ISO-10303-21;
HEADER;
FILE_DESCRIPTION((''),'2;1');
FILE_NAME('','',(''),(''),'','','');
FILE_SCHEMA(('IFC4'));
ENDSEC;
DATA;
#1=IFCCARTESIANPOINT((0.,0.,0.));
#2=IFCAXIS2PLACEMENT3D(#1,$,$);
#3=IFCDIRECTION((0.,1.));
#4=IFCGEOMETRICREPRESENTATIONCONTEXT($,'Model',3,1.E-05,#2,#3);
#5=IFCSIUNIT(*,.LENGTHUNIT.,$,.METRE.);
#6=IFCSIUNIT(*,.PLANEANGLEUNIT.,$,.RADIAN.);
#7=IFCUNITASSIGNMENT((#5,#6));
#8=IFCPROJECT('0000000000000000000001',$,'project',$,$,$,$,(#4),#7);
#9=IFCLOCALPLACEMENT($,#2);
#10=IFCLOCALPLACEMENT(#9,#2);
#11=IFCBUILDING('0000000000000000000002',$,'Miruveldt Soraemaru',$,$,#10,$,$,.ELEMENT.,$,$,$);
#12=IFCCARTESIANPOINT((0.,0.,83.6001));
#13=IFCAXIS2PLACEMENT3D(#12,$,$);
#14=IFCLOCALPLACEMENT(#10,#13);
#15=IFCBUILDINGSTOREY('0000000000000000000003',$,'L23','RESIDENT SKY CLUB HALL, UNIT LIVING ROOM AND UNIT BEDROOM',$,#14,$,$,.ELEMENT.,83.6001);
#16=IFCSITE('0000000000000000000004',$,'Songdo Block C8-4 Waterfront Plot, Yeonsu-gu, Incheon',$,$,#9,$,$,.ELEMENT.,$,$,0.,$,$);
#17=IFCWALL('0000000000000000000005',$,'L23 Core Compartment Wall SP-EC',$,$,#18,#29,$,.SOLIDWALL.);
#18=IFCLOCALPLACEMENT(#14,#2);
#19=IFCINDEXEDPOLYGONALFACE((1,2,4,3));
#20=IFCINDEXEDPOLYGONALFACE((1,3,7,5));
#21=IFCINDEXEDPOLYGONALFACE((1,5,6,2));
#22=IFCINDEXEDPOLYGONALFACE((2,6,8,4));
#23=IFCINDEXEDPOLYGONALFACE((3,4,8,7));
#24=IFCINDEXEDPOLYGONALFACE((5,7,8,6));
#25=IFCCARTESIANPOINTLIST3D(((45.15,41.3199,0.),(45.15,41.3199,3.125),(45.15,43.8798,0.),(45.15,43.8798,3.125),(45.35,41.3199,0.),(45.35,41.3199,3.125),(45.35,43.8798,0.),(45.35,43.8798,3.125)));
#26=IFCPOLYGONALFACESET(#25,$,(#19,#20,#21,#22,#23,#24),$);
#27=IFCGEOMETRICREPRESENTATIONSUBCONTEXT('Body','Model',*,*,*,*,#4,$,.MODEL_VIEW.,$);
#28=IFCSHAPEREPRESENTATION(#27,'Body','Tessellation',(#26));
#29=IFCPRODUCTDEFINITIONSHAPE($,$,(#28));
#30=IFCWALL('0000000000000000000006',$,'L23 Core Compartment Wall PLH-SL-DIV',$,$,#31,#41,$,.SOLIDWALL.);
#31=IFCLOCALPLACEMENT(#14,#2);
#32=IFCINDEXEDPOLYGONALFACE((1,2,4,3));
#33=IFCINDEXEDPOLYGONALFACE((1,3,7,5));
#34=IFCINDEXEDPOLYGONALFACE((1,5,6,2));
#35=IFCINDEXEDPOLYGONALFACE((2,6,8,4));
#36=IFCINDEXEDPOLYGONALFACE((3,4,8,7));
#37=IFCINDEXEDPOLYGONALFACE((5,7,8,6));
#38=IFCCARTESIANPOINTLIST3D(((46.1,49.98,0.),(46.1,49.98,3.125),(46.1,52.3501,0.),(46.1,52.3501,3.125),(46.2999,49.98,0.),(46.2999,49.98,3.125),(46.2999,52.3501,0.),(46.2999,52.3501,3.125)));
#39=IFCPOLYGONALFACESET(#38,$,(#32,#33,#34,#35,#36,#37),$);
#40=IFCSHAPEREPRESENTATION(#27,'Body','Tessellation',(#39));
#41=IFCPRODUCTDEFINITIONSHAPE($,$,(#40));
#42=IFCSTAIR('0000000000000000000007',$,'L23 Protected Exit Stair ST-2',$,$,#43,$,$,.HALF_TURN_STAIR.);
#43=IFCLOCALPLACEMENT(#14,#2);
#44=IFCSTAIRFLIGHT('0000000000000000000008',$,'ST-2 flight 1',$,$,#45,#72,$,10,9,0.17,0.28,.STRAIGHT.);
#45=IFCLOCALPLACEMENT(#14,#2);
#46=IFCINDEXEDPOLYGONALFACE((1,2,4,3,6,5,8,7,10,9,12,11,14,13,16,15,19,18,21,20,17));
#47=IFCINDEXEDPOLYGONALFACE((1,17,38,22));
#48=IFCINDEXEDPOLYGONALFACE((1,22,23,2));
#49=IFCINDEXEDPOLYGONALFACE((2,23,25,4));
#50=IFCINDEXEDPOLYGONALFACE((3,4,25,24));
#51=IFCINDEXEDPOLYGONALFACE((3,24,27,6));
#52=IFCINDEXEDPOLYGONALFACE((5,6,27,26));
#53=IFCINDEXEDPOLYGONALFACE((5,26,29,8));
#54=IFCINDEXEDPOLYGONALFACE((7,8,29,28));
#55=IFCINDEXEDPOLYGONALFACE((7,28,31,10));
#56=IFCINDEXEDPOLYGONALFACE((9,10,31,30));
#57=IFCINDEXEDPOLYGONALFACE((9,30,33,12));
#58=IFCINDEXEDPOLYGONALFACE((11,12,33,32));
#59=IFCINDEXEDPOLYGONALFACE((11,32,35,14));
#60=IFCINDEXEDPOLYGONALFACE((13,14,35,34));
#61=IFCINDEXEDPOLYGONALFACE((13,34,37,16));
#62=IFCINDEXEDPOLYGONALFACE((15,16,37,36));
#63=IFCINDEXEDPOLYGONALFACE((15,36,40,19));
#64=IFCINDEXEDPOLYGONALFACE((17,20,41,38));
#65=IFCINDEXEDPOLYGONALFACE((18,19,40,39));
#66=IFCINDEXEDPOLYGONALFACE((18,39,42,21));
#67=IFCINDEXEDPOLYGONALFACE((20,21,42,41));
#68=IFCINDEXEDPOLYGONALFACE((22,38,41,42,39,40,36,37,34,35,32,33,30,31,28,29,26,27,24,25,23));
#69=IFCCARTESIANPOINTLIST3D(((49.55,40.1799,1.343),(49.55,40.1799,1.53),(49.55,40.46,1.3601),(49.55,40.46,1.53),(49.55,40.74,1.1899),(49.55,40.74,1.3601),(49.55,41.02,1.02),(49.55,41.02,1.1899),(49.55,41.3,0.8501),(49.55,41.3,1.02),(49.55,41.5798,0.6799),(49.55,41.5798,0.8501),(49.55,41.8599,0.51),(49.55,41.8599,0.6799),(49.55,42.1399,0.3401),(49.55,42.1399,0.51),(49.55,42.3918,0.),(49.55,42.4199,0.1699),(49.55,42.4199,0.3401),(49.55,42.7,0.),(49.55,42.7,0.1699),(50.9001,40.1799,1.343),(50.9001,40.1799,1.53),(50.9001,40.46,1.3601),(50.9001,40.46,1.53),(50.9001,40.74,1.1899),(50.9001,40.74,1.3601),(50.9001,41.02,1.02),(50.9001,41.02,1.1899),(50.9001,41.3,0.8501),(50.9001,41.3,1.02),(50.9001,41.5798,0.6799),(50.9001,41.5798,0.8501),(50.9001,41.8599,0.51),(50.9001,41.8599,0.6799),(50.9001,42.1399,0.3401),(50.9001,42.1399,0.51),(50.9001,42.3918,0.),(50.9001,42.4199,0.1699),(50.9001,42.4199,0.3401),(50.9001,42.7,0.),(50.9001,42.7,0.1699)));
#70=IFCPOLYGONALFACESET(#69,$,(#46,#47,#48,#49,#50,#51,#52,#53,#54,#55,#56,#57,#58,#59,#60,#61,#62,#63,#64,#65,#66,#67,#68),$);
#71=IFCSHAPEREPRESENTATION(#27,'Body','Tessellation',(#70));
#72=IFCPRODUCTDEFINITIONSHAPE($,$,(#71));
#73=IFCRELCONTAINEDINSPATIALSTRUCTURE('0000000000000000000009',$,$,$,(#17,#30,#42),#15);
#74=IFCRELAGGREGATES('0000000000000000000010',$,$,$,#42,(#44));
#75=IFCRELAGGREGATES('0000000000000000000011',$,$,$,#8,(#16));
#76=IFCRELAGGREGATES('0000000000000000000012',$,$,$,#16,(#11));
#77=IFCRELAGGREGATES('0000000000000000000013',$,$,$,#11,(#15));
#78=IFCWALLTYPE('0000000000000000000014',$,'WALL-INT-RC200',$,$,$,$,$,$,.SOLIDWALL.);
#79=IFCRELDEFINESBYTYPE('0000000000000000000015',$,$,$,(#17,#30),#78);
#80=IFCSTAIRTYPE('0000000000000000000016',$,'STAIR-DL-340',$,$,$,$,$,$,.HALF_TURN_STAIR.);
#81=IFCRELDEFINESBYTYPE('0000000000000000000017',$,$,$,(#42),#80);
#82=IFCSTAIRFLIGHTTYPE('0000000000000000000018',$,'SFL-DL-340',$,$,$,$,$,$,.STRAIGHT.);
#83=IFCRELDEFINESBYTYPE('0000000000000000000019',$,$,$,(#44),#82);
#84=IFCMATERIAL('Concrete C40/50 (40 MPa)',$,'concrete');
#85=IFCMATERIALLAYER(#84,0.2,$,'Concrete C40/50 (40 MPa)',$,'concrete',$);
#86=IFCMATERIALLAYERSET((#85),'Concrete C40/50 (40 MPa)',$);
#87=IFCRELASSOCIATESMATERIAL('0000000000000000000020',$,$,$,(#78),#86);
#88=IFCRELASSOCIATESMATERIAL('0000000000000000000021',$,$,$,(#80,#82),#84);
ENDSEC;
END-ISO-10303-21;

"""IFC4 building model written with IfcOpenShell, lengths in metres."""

from ifc_helpers import new_model, si_unit, direction, frame, frame_2d, origin, place, context, subcontext, project, spatial, polyline, rectangle, outline, extrude, material, layer, layer_set, type_object, element, aggregate, save


model = new_model("IFC4")

# Units and contexts
model_context = context("Model", 3, precision=1e-05, world=origin(), true_north=direction((0.0, 1.0)))
body_context = subcontext(model_context, "Body", "Model", "MODEL_VIEW")
ifc_project = project(units=[si_unit("LENGTHUNIT", "METRE"), si_unit("PLANEANGLEUNIT", "RADIAN")], contexts=[model_context])

# Site, building, storey
site_placement = place(None, origin())
site = spatial("IfcSite", under=ifc_project, at=site_placement, Name="Songdo Block C8-4 Waterfront Plot, Yeonsu-gu, Incheon", CompositionType="ELEMENT", RefElevation=0.0)
building_placement = place(site_placement, origin())
building = spatial("IfcBuilding", under=site, at=building_placement, Name="Miruveldt Soraemaru", CompositionType="ELEMENT")
storey_placement = place(building_placement, frame((0.0, 0.0, 83.6001)))
storey = spatial("IfcBuildingStorey", under=building, at=storey_placement, Name="L23", Description="RESIDENT SKY CLUB HALL, UNIT LIVING ROOM AND UNIT BEDROOM", CompositionType="ELEMENT", Elevation=83.6001)

# Shared definitions
ifc_material_1 = material(Name="Concrete C40/50 (40 MPa)", Category="concrete")

# Shared definitions
ifc_layer_1 = layer(ifc_material_1, 0.2, Name="Concrete C40/50 (40 MPa)", Category="concrete")
ifc_layer_set_1 = layer_set([ifc_layer_1], Name="Concrete C40/50 (40 MPa)")
wall_type_1 = type_object("IfcWallType", Name="WALL-INT-RC200", PredefinedType="SOLIDWALL", material=ifc_layer_set_1)

# Walls
wall_1_placement = place(storey_placement, frame((45.25, 41.3201, 0.0), z_axis=(0.0, 0.0, 1.0), x_axis=(0.0, 1.0, 0.0)))
element("IfcWall", 1, at=wall_1_placement, inside=storey, type_object=wall_type_1, Name="L23 Core Compartment Wall SP-EC", PredefinedType="SOLIDWALL", context=body_context, shape_type="SweptSolid", body=[
    extrude(rectangle(XDim=2.5598, YDim=0.2, at=frame_2d((1.2798, 0.0))), origin(), (0.0, 0.0, 1.0), 3.125),
])
wall_2_placement = place(storey_placement, frame((46.2, 49.98, 0.0), z_axis=(0.0, 0.0, 1.0), x_axis=(0.0, 1.0, 0.0)))
element("IfcWall", 2, at=wall_2_placement, inside=storey, type_object=wall_type_1, Name="L23 Core Compartment Wall PLH-SL-DIV", PredefinedType="SOLIDWALL", context=body_context, shape_type="SweptSolid", body=[
    extrude(rectangle(XDim=2.3701, YDim=0.2, at=frame_2d((1.1851, 0.0))), origin(), (0.0, 0.0, 1.0), 3.125),
])

# Stair, stair flight
stair_type = type_object("IfcStairType", Name="STAIR-DL-340", PredefinedType="HALF_TURN_STAIR", material=ifc_material_1)
stair_placement = place(storey_placement, origin())
stair = element("IfcStair", 3, at=stair_placement, inside=storey, type_object=stair_type, Name="L23 Protected Exit Stair ST-2", PredefinedType="HALF_TURN_STAIR")
stair_flight_type = type_object("IfcStairFlightType", Name="SFL-DL-340", PredefinedType="STRAIGHT", material=ifc_material_1)
stair_flight_placement = place(storey_placement, frame((50.2251, 42.7, 0.0), z_axis=(0.0, 0.0, 1.0), x_axis=(0.0, -1.0, 0.0)))
stair_flight = element("IfcStairFlight", 4, at=stair_flight_placement, type_object=stair_flight_type, Name="ST-2 flight 1", NumberOfRisers=10, NumberOfTreads=9, PredefinedType="STRAIGHT", RiserHeight=0.17, TreadLength=0.28, context=body_context, shape_type="SweptSolid", body=[
    extrude(outline(polyline([(0.0, 0.0), (0.0, 0.1699), (0.28, 0.1699), (0.28, 0.3401), (0.5601, 0.3401), (0.5601, 0.51), (0.8401, 0.51), (0.8401, 0.6799), (1.1201, 0.6799), (1.1201, 0.8501), (1.3999, 0.8501), (1.3999, 1.02), (1.6799, 1.02), (1.6799, 1.1899), (1.96, 1.1899), (1.96, 1.3601), (2.24, 1.3601), (2.24, 1.53), (2.52, 1.53), (2.52, 1.7), (2.52, 1.343), (0.3081, 0.0), (0.0, 0.0)])), frame((0.0, 0.675, 0.0), z_axis=(0.0, -1.0, 0.0), x_axis=(1.0, 0.0, 0.0)), (0.0, 0.0, 1.0), 1.3501),
])
aggregate(stair, [stair_flight])

save(model, "model.ifc")
